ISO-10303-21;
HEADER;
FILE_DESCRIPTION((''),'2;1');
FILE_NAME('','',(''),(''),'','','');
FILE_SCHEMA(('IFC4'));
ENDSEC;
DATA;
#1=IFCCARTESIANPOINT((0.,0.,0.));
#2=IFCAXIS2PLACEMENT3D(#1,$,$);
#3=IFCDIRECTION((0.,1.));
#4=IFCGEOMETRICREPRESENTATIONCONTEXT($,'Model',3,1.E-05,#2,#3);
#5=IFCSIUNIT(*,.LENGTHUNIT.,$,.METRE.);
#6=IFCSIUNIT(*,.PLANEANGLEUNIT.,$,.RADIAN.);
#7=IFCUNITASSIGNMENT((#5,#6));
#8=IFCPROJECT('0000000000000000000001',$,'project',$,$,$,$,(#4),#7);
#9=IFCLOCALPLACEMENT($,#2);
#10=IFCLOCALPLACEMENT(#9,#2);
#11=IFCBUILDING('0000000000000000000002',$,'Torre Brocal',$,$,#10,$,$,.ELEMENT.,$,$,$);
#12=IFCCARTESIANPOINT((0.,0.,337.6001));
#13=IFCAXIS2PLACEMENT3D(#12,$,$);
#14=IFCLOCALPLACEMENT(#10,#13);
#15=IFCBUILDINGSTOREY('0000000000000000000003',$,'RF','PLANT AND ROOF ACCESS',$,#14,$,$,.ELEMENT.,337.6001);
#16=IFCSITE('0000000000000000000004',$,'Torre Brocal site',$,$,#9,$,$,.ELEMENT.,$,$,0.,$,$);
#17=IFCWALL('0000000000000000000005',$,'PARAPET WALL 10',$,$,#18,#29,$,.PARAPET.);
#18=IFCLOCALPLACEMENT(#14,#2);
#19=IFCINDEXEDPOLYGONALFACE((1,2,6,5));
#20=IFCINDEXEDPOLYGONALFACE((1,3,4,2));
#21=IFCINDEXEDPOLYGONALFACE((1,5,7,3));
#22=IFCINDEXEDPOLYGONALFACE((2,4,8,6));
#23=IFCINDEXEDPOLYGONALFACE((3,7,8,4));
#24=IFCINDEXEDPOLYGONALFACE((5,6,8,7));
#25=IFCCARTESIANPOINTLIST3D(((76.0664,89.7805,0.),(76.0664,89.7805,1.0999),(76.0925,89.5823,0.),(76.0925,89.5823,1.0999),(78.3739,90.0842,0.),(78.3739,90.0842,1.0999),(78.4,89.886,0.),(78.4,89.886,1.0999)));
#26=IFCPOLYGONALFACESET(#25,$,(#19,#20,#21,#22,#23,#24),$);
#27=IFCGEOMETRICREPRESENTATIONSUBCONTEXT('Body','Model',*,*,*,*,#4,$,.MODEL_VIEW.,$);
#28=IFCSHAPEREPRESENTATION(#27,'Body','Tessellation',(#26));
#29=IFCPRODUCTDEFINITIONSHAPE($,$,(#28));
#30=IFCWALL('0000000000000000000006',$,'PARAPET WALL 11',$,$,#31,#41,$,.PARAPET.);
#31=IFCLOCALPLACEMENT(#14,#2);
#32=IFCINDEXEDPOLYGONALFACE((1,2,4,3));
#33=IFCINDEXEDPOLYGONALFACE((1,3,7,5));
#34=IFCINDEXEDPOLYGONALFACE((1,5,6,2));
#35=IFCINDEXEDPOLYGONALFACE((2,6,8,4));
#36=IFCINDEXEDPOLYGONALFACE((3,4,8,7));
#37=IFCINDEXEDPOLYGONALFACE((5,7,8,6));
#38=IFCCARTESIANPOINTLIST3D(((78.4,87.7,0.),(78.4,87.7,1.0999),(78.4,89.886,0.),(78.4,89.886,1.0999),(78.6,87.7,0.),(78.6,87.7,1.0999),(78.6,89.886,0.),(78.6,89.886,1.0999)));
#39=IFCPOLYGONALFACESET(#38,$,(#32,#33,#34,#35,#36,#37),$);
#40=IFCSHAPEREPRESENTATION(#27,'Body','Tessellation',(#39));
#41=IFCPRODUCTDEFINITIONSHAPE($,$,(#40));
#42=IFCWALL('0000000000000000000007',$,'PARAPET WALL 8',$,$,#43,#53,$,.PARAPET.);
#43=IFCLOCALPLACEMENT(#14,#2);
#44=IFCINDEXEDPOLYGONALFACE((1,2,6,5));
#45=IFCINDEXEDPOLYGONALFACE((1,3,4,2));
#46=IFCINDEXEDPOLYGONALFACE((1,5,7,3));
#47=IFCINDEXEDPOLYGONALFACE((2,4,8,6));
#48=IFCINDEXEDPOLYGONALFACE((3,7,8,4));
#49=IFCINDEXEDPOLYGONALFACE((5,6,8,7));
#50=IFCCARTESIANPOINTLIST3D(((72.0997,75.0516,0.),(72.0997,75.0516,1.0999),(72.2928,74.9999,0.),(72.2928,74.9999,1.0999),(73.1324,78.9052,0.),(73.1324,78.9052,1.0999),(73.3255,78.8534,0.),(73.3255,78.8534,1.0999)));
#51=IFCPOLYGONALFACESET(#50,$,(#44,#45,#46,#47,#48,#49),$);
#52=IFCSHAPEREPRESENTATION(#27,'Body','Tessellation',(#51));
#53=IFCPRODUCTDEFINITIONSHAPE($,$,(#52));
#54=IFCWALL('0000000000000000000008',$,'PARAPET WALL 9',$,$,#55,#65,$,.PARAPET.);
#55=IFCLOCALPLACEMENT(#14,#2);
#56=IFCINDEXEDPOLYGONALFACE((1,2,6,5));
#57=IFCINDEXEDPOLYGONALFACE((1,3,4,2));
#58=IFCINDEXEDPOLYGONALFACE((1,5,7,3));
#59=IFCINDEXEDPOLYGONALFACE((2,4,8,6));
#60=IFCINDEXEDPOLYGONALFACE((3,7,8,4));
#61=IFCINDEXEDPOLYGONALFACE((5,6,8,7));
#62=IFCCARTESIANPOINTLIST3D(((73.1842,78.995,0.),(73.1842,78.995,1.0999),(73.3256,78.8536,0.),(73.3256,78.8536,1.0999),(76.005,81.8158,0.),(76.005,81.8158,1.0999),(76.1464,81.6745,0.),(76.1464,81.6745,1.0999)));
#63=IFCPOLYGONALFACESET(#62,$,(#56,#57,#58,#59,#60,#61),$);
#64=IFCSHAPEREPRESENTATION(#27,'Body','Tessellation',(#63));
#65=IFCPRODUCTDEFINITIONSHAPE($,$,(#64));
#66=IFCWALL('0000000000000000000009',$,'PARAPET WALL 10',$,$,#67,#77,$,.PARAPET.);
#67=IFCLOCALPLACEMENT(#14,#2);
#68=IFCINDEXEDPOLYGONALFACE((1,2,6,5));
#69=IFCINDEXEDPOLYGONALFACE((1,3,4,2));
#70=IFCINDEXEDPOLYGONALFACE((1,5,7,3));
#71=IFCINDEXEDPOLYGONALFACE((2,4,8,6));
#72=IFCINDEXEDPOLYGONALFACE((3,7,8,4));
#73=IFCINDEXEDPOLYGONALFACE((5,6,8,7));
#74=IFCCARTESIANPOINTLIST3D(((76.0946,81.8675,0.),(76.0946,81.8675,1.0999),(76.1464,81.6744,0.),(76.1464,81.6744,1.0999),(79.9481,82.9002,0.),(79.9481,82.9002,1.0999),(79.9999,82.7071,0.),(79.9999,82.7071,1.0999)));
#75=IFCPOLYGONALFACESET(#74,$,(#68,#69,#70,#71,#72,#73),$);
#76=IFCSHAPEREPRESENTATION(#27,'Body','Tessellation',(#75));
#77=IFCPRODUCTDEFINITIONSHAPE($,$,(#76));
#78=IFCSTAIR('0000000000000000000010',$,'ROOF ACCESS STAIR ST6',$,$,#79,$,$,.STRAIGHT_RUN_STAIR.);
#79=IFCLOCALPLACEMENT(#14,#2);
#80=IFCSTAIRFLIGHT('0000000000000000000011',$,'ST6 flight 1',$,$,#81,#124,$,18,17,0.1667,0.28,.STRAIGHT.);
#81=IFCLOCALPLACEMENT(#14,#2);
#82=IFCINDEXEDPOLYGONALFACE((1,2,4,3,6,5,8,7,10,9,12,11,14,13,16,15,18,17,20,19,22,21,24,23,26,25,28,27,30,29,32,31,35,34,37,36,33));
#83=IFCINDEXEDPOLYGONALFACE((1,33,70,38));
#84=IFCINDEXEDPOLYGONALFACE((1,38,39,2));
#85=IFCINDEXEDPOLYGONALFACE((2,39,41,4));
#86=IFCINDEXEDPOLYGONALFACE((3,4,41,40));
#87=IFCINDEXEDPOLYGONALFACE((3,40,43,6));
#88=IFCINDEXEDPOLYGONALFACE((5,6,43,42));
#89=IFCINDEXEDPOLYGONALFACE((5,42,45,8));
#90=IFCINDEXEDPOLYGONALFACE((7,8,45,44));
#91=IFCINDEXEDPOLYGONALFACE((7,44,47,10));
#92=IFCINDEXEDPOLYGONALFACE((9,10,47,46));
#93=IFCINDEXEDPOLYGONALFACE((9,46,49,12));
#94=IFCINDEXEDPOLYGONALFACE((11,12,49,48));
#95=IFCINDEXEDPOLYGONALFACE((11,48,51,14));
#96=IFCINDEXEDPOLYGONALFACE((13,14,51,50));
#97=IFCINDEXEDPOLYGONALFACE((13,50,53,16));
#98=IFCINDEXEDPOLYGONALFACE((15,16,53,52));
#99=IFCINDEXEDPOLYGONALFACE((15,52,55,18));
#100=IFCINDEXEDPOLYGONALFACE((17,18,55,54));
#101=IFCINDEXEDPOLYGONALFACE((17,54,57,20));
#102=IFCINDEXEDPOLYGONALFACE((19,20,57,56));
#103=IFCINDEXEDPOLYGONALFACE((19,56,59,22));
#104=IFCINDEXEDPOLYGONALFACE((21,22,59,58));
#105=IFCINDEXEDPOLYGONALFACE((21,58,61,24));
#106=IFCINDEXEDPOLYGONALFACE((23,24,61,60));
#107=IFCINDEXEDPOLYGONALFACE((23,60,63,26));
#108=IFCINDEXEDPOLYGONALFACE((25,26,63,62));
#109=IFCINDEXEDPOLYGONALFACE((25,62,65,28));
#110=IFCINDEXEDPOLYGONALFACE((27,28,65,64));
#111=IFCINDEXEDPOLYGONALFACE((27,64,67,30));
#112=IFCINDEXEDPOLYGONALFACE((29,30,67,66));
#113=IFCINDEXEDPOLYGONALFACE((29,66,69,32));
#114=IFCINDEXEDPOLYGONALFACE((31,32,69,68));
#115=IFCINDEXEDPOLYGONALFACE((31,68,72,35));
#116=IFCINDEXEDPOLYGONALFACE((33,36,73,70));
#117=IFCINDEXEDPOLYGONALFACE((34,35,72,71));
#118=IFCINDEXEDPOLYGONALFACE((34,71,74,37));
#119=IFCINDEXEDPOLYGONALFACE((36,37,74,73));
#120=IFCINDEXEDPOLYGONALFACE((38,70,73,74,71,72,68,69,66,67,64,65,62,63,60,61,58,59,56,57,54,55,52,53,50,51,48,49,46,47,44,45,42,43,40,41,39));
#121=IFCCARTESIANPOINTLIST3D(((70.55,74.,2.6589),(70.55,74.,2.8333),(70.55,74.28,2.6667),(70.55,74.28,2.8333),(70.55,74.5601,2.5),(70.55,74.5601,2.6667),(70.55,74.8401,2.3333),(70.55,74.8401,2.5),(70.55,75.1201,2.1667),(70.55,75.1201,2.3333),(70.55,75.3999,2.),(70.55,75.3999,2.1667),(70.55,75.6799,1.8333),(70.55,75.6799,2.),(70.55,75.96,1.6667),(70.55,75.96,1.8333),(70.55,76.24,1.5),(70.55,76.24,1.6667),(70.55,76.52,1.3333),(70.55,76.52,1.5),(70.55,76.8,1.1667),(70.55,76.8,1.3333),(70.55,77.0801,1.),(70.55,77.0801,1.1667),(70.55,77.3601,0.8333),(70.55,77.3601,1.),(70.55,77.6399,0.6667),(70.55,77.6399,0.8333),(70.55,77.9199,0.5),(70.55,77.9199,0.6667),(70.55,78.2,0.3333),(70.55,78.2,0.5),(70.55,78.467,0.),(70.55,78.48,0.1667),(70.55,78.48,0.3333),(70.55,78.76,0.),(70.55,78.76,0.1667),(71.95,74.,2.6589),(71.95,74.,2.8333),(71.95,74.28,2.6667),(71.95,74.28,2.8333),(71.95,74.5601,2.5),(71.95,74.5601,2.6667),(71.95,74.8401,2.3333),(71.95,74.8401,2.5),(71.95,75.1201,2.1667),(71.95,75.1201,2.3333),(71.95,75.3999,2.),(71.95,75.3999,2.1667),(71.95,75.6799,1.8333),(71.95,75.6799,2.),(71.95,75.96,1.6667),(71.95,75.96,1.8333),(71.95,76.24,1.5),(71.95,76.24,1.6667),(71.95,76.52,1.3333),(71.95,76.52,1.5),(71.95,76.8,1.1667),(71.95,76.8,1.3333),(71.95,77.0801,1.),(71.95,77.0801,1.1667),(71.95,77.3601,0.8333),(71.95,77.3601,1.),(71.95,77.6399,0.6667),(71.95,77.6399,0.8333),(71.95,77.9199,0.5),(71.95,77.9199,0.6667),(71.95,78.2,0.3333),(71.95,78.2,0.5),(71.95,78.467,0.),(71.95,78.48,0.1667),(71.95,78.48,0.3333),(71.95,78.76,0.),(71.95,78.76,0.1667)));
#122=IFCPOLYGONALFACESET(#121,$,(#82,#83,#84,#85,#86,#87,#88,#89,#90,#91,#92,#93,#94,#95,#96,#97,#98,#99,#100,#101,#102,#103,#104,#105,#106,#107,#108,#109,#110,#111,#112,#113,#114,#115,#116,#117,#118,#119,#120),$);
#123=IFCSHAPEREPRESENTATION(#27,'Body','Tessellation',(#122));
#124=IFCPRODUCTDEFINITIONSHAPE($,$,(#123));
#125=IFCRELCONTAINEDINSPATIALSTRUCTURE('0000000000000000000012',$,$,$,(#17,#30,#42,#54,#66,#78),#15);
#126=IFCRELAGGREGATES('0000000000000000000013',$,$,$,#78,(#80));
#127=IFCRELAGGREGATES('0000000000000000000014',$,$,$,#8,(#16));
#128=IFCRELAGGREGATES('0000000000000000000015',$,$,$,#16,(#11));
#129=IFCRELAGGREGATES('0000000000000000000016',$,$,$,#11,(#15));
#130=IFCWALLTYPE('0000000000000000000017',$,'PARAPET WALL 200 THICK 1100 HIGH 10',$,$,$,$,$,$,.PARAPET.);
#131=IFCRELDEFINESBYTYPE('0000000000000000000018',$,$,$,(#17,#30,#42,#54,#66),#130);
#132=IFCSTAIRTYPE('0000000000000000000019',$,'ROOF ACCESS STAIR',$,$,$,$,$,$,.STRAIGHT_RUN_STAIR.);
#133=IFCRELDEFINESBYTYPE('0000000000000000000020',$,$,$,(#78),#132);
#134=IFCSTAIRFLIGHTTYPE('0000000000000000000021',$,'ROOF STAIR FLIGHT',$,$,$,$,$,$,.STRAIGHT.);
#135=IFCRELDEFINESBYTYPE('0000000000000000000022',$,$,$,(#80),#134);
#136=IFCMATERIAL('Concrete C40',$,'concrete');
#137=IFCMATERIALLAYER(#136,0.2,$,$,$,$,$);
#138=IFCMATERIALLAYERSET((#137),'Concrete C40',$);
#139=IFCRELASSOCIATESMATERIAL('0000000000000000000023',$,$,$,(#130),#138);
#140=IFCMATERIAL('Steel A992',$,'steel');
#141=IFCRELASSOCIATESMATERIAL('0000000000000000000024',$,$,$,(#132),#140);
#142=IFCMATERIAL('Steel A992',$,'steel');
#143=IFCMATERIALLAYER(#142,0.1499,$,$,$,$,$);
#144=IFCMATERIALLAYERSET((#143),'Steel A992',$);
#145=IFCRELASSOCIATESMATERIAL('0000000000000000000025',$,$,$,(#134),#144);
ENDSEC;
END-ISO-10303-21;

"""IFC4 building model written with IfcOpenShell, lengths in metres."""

from ifc_helpers import new_model, si_unit, direction, frame, frame_2d, origin, place, context, subcontext, project, spatial, polyline, rectangle, outline, extrude, material, layer, layer_set, type_object, element, aggregate, save


model = new_model("IFC4")

# Units and contexts
model_context = context("Model", 3, precision=1e-05, world=origin(), true_north=direction((0.0, 1.0)))
body_context = subcontext(model_context, "Body", "Model", "MODEL_VIEW")
ifc_project = project(units=[si_unit("LENGTHUNIT", "METRE"), si_unit("PLANEANGLEUNIT", "RADIAN")], contexts=[model_context])

# Site, building, storey
site_placement = place(None, origin())
site = spatial("IfcSite", under=ifc_project, at=site_placement, Name="Torre Brocal site", CompositionType="ELEMENT", RefElevation=0.0)
building_placement = place(site_placement, origin())
building = spatial("IfcBuilding", under=site, at=building_placement, Name="Torre Brocal", CompositionType="ELEMENT")
storey_placement = place(building_placement, frame((0.0, 0.0, 337.6001)))
storey = spatial("IfcBuildingStorey", under=building, at=storey_placement, Name="RF", Description="PLANT AND ROOF ACCESS", CompositionType="ELEMENT", Elevation=337.6001)

# Walls
ifc_material_1 = material(Name="Concrete C40", Category="concrete")
ifc_layer_1 = layer(ifc_material_1, 0.2)
ifc_layer_set_1 = layer_set([ifc_layer_1], Name="Concrete C40")
wall_type_1 = type_object("IfcWallType", Name="PARAPET WALL 200 THICK 1100 HIGH 10", PredefinedType="PARAPET", material=ifc_layer_set_1)
wall_1_placement = place(storey_placement, frame((76.0796, 89.6814, 0.0), z_axis=(0.0, 0.0, 1.0), x_axis=(0.991448, 0.130501, 0.0)))
element("IfcWall", 1, at=wall_1_placement, inside=storey, type_object=wall_type_1, Name="PARAPET WALL 10", PredefinedType="PARAPET", context=body_context, shape_type="SweptSolid", body=[
    extrude(rectangle(XDim=2.3274, YDim=0.2, at=frame_2d((1.1636, 0.0))), origin(), (0.0, 0.0, 1.0), 1.0999),
])
wall_2_placement = place(storey_placement, frame((78.5, 89.886, 0.0), z_axis=(0.0, 0.0, 1.0), x_axis=(0.0, -1.0, 0.0)))
element("IfcWall", 2, at=wall_2_placement, inside=storey, type_object=wall_type_1, Name="PARAPET WALL 11", PredefinedType="PARAPET", context=body_context, shape_type="SweptSolid", body=[
    extrude(rectangle(XDim=2.186, YDim=0.2, at=frame_2d((1.093, 0.0))), origin(), (0.0, 0.0, 1.0), 1.0999),
])
wall_3_placement = place(storey_placement, frame((72.1963, 75.0259, 0.0), z_axis=(0.0, 0.0, 1.0), x_axis=(0.258858, 0.965915, 0.0)))
element("IfcWall", 3, at=wall_3_placement, inside=storey, type_object=wall_type_1, Name="PARAPET WALL 8", PredefinedType="PARAPET", context=body_context, shape_type="SweptSolid", body=[
    extrude(rectangle(XDim=3.9895, YDim=0.2, at=frame_2d((1.9946, 0.0))), origin(), (0.0, 0.0, 1.0), 1.0999),
])
wall_4_placement = place(storey_placement, frame((73.2549, 78.9243, 0.0), z_axis=(0.0, 0.0, 1.0), x_axis=(0.707107, 0.707107, 0.0)))
element("IfcWall", 4, at=wall_4_placement, inside=storey, type_object=wall_type_1, Name="PARAPET WALL 9", PredefinedType="PARAPET", context=body_context, shape_type="SweptSolid", body=[
    extrude(rectangle(XDim=3.9893, YDim=0.2, at=frame_2d((1.9946, 0.0))), origin(), (0.0, 0.0, 1.0), 1.0999),
])
wall_5_placement = place(storey_placement, frame((76.1206, 81.771, 0.0), z_axis=(0.0, 0.0, 1.0), x_axis=(0.965915, 0.258858, 0.0)))
element("IfcWall", 5, at=wall_5_placement, inside=storey, type_object=wall_type_1, Name="PARAPET WALL 10", PredefinedType="PARAPET", context=body_context, shape_type="SweptSolid", body=[
    extrude(rectangle(XDim=3.9895, YDim=0.2, at=frame_2d((1.9946, 0.0))), origin(), (0.0, 0.0, 1.0), 1.0999),
])

# Stair, stair flight
ifc_material_2 = material(Name="Steel A992", Category="steel")
stair_type = type_object("IfcStairType", Name="ROOF ACCESS STAIR", PredefinedType="STRAIGHT_RUN_STAIR", material=ifc_material_2)
stair_placement = place(storey_placement, origin())
stair = element("IfcStair", 6, at=stair_placement, inside=storey, type_object=stair_type, Name="ROOF ACCESS STAIR ST6", PredefinedType="STRAIGHT_RUN_STAIR")
ifc_material_3 = material(Name="Steel A992", Category="steel")
ifc_layer_2 = layer(ifc_material_3, 0.1499)
ifc_layer_set_2 = layer_set([ifc_layer_2], Name="Steel A992")
stair_flight_type = type_object("IfcStairFlightType", Name="ROOF STAIR FLIGHT", PredefinedType="STRAIGHT", material=ifc_layer_set_2)
stair_flight_placement = place(storey_placement, frame((71.25, 78.76, 0.0), z_axis=(0.0, 0.0, 1.0), x_axis=(0.0, -1.0, 0.0)))
stair_flight = element("IfcStairFlight", 7, at=stair_flight_placement, type_object=stair_flight_type, Name="ST6 flight 1", NumberOfRisers=18, NumberOfTreads=17, PredefinedType="STRAIGHT", RiserHeight=0.1667, TreadLength=0.28, context=body_context, shape_type="SweptSolid", body=[
    extrude(outline(polyline([(0.0, 0.0), (0.0, 0.1667), (0.28, 0.1667), (0.28, 0.3333), (0.5601, 0.3333), (0.5601, 0.5), (0.8401, 0.5), (0.8401, 0.6667), (1.1201, 0.6667), (1.1201, 0.8333), (1.3999, 0.8333), (1.3999, 1.0), (1.6799, 1.0), (1.6799, 1.1667), (1.96, 1.1667), (1.96, 1.3333), (2.24, 1.3333), (2.24, 1.5), (2.52, 1.5), (2.52, 1.6667), (2.8, 1.6667), (2.8, 1.8333), (3.0801, 1.8333), (3.0801, 2.0), (3.3601, 2.0), (3.3601, 2.1667), (3.6399, 2.1667), (3.6399, 2.3333), (3.9199, 2.3333), (3.9199, 2.5), (4.2, 2.5), (4.2, 2.6667), (4.48, 2.6667), (4.48, 2.8333), (4.76, 2.8333), (4.76, 3.0), (4.76, 2.6589), (0.293, 0.0), (0.0, 0.0)])), frame((0.0, 0.7, 0.0), z_axis=(0.0, -1.0, 0.0), x_axis=(1.0, 0.0, 0.0)), (0.0, 0.0, 1.0), 1.3999),
])
aggregate(stair, [stair_flight])

save(model, "model.ifc")
